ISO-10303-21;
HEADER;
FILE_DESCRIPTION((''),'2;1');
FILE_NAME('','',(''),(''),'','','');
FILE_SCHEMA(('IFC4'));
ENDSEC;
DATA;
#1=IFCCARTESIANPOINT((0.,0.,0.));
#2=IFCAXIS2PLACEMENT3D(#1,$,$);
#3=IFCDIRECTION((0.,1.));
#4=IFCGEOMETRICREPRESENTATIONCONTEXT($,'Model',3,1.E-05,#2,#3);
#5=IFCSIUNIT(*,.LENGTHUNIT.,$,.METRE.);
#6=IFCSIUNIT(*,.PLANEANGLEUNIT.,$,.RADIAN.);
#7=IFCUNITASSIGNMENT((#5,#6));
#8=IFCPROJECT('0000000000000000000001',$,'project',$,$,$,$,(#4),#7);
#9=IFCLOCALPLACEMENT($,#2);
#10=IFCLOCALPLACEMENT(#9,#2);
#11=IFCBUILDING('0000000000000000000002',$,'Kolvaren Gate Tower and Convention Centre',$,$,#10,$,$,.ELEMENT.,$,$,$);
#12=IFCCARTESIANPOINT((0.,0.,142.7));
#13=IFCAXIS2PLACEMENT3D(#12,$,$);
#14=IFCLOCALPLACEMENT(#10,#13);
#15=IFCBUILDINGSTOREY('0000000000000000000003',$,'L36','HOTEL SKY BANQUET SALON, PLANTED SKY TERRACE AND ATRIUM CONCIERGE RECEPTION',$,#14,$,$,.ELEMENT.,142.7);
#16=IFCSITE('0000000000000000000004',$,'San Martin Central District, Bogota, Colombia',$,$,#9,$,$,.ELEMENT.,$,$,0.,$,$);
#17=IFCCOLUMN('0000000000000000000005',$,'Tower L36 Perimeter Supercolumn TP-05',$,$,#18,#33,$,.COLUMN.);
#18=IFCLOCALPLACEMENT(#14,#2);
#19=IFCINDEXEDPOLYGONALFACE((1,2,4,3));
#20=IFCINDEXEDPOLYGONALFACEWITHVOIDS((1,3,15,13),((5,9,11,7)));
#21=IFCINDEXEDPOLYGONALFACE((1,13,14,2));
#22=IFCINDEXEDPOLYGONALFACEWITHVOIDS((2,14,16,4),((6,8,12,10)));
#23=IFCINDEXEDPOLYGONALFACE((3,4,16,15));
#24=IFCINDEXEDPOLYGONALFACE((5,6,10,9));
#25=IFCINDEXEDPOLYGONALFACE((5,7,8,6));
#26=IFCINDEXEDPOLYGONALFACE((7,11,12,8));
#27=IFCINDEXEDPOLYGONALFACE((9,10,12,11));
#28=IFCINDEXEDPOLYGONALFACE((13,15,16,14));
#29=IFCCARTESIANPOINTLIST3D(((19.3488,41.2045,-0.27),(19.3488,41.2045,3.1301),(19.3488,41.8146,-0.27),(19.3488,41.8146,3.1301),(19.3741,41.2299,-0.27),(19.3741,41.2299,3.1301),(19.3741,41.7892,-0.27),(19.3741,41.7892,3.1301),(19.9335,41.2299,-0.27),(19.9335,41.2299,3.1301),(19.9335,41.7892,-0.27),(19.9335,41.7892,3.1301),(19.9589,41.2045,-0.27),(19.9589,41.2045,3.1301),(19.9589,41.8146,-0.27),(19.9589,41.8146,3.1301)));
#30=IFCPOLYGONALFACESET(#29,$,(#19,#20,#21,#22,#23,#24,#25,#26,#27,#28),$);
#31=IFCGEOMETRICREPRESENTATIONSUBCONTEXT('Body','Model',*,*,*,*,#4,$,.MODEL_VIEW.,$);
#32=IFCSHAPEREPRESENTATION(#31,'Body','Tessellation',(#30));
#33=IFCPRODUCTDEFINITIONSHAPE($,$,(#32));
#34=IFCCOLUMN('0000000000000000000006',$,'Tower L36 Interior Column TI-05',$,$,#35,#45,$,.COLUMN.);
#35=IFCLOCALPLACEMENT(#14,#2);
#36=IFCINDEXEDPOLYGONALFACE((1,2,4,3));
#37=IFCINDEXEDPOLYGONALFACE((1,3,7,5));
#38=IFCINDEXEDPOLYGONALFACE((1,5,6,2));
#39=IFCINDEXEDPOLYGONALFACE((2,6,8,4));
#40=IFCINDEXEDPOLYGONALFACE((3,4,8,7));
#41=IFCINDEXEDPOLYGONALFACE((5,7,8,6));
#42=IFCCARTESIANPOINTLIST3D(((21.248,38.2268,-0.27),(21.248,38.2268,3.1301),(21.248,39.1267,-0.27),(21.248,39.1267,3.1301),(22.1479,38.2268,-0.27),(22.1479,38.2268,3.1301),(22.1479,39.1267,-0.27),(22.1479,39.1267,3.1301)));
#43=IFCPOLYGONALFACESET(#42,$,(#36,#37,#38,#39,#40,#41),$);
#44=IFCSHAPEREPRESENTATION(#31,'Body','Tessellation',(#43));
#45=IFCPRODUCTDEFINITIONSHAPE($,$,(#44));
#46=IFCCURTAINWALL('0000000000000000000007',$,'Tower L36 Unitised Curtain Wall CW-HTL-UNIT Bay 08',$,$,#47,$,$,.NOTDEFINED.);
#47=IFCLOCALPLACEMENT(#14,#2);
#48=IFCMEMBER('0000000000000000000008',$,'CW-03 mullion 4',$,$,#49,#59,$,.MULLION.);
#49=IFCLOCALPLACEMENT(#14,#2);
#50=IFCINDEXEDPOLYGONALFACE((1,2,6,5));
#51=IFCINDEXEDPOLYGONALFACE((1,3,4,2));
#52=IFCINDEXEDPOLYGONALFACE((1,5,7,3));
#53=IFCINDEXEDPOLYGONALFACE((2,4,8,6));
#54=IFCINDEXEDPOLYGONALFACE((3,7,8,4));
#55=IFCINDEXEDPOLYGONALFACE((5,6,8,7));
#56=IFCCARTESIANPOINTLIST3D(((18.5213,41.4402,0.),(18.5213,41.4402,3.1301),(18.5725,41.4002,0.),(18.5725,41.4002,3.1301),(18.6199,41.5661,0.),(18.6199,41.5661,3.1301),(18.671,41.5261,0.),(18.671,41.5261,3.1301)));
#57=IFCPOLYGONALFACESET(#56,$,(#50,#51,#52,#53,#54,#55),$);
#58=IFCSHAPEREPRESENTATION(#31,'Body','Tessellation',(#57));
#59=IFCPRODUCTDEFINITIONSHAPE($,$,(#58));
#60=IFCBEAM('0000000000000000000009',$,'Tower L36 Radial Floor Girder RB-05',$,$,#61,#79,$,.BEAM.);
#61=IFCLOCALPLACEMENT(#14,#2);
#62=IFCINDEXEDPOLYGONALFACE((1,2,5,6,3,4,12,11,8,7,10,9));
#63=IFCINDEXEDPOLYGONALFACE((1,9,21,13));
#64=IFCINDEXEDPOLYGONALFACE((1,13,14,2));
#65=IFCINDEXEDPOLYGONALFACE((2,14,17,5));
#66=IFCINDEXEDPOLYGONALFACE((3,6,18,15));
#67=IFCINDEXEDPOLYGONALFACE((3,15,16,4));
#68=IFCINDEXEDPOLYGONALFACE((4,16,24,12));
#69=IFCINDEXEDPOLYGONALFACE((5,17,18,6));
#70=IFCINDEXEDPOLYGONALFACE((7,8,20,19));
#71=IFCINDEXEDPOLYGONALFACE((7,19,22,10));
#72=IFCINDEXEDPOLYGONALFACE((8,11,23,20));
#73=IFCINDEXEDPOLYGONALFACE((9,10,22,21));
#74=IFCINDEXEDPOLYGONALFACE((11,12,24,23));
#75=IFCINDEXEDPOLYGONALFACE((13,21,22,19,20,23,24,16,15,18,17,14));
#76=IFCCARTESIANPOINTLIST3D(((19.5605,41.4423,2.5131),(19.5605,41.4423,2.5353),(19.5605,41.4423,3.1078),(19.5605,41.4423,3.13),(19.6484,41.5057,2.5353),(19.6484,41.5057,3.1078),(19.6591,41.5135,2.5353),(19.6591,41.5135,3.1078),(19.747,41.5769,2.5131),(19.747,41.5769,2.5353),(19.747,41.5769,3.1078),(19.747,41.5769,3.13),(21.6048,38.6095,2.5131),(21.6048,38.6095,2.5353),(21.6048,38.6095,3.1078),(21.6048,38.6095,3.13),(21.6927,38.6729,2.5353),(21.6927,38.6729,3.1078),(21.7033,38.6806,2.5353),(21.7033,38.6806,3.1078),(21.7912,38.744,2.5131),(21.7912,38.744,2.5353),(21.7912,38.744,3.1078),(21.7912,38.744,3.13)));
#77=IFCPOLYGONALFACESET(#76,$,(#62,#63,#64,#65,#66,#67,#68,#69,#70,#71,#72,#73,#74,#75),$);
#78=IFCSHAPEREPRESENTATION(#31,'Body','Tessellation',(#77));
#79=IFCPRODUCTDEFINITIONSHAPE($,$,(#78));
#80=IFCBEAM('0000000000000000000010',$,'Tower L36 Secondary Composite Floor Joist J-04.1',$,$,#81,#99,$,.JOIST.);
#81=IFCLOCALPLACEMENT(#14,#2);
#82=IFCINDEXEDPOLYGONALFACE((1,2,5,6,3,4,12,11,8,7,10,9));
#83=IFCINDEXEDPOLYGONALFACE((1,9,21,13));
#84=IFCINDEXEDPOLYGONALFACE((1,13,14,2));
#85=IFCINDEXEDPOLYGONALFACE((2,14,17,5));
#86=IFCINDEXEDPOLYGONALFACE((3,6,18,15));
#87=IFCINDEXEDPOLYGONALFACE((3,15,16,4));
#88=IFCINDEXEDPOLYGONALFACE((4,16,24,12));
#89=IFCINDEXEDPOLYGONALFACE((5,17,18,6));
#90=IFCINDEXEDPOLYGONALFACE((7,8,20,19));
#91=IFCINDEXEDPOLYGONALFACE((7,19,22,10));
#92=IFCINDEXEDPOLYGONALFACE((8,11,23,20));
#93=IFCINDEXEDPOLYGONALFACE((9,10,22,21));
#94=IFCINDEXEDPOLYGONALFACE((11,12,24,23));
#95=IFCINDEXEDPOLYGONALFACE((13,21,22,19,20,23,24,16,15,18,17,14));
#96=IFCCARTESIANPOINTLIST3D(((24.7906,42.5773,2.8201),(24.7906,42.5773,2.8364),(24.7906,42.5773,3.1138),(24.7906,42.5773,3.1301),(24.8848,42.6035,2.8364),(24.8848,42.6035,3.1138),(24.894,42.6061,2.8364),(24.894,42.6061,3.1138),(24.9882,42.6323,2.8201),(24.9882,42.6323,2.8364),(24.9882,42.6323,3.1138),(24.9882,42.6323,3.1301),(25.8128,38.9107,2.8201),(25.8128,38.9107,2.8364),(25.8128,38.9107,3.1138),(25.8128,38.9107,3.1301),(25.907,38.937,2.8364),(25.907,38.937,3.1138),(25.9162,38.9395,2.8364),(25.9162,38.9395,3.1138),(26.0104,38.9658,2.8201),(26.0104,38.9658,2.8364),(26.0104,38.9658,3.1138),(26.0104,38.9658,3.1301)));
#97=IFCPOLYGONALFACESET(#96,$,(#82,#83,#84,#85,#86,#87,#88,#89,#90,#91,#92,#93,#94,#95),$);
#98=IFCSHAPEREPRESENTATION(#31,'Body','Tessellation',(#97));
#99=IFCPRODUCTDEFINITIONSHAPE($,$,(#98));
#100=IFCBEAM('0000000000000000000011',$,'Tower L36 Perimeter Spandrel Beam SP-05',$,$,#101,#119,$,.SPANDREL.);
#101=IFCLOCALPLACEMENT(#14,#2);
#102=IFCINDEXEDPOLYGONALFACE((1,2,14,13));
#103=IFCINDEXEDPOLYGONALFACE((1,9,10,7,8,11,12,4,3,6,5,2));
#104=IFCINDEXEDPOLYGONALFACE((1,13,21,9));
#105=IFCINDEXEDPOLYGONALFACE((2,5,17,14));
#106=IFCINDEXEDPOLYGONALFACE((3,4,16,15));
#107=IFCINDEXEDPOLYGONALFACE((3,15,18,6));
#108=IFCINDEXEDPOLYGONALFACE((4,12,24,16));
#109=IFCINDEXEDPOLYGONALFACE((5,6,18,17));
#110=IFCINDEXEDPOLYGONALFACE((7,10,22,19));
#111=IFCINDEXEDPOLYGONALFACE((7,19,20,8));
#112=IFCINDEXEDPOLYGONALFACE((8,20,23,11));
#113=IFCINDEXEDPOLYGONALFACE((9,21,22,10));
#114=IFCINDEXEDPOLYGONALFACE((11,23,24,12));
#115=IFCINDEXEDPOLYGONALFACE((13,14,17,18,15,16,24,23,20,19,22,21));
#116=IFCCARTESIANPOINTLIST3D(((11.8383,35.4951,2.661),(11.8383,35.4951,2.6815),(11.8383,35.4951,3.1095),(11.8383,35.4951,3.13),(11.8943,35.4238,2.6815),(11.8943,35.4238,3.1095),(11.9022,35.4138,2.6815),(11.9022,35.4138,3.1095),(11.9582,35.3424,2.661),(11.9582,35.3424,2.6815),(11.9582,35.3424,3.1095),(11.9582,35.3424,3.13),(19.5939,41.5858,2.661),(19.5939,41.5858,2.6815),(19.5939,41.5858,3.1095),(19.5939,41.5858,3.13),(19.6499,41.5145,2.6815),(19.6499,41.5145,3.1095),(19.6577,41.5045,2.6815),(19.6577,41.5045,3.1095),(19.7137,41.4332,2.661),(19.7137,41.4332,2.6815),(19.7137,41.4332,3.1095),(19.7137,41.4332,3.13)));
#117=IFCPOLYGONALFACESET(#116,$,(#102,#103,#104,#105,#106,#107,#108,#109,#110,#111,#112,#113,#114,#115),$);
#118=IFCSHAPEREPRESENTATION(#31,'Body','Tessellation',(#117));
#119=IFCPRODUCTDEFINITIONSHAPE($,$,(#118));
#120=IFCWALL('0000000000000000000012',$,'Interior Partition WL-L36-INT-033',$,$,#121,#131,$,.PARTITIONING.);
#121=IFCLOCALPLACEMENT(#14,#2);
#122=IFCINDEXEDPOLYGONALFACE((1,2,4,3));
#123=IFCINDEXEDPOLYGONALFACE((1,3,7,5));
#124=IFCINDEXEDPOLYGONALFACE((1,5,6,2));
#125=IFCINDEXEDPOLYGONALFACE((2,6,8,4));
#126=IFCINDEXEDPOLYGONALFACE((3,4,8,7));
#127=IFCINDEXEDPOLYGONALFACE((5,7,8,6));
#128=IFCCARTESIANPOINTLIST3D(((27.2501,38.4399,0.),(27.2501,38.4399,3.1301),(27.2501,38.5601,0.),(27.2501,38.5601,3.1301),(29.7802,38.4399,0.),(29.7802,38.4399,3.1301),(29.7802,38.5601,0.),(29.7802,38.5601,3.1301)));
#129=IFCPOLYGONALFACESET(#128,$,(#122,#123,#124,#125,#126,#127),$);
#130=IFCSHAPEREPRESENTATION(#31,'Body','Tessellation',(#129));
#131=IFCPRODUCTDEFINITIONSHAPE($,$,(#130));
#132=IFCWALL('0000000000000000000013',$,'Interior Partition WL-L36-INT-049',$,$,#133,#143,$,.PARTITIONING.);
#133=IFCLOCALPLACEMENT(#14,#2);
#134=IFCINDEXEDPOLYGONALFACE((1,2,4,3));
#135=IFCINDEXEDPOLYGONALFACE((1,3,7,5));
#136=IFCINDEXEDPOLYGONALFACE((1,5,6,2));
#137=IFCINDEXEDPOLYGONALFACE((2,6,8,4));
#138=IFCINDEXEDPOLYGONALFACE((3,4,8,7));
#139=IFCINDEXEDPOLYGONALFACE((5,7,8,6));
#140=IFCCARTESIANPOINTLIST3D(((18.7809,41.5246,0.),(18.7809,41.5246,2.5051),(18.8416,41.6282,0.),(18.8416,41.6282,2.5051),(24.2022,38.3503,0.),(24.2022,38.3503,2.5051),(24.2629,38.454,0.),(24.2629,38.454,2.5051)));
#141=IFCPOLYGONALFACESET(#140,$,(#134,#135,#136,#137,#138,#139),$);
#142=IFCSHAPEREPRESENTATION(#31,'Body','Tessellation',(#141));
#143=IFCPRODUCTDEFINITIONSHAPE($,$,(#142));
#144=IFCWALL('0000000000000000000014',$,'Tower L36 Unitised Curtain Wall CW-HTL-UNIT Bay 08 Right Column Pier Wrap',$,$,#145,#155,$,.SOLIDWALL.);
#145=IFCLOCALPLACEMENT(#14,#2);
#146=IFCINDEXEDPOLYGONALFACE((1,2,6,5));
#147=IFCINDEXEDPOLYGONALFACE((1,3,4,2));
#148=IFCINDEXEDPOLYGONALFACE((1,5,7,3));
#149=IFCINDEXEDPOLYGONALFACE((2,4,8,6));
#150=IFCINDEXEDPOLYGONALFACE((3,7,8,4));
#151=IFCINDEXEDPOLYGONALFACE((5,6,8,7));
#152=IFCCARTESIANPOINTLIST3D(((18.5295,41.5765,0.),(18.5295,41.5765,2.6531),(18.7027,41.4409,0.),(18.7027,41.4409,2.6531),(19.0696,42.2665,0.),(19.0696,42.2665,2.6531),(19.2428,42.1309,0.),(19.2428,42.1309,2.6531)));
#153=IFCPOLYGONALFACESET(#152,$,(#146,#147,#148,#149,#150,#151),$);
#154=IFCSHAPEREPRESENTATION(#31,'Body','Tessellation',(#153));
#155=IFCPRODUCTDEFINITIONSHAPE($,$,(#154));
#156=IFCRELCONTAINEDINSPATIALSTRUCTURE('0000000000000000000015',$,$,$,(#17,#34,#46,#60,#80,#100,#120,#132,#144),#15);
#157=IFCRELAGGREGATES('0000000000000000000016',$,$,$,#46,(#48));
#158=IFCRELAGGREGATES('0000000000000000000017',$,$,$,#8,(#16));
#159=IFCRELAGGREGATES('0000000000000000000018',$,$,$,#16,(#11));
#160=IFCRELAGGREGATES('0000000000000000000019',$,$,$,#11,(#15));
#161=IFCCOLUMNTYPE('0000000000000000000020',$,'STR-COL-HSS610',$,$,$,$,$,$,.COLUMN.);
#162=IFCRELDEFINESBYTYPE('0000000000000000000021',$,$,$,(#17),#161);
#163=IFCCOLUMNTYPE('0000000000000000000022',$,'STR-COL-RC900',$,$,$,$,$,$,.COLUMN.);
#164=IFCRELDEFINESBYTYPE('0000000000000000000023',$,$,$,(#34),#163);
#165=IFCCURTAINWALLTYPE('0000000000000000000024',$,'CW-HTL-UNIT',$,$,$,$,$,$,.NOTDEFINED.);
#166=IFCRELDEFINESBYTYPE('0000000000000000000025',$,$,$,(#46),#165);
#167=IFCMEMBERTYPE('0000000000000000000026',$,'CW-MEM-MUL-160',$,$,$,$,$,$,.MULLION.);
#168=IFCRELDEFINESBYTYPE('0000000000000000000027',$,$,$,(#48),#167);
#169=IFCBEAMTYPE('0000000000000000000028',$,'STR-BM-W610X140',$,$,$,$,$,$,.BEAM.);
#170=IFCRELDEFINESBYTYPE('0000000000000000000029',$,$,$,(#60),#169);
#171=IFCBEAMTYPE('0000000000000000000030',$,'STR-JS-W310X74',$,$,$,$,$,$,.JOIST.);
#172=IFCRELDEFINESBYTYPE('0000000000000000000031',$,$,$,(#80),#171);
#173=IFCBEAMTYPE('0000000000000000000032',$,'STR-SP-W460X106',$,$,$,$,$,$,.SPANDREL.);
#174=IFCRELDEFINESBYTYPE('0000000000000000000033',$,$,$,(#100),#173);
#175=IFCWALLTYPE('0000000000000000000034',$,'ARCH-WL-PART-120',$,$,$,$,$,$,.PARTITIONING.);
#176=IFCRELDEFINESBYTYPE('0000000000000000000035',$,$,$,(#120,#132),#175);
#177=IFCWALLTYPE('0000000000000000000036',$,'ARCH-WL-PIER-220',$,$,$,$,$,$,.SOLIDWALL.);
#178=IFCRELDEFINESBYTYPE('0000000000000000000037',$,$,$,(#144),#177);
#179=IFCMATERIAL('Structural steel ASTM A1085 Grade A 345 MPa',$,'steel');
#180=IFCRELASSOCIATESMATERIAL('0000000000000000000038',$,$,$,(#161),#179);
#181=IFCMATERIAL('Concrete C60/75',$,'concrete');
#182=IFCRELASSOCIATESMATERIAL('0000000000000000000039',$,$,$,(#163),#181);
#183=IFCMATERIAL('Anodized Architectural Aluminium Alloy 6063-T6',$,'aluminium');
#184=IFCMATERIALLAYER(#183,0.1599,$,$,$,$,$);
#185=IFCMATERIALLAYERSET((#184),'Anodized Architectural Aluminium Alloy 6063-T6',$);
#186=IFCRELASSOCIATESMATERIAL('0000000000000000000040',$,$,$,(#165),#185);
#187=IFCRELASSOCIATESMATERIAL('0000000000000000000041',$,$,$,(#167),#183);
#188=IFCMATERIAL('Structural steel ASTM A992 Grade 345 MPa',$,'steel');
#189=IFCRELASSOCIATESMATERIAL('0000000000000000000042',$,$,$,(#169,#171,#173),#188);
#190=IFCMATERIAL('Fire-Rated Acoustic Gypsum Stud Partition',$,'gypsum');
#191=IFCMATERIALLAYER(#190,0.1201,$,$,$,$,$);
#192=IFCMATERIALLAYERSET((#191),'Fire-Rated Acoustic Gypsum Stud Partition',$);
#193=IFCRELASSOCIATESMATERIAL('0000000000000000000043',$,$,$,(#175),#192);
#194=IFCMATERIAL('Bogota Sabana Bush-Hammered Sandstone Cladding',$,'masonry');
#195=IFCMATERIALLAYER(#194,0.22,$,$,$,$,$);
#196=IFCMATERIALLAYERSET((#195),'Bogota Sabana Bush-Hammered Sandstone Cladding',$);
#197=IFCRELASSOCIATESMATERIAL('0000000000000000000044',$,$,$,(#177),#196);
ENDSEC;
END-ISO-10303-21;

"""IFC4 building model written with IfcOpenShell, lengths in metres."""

from ifc_helpers import new_model, si_unit, direction, frame, frame_2d, origin, origin_2d, place, context, subcontext, project, spatial, rectangle, hollow_rectangle, i_section, extrude, material, layer, layer_set, material_profile, profile_set, type_object, element, aggregate, save


model = new_model("IFC4")

# Units and contexts
model_context = context("Model", 3, precision=1e-05, world=origin(), true_north=direction((0.0, 1.0)))
body_context = subcontext(model_context, "Body", "Model", "MODEL_VIEW")
ifc_project = project(units=[si_unit("LENGTHUNIT", "METRE"), si_unit("PLANEANGLEUNIT", "RADIAN")], contexts=[model_context])

# Site, building, storey
site_placement = place(None, origin())
site = spatial("IfcSite", under=ifc_project, at=site_placement, Name="San Martin Central District, Bogota, Colombia", CompositionType="ELEMENT", RefElevation=0.0)
building_placement = place(site_placement, origin())
building = spatial("IfcBuilding", under=site, at=building_placement, Name="Kolvaren Gate Tower and Convention Centre", CompositionType="ELEMENT")
storey_placement = place(building_placement, frame((0.0, 0.0, 142.7)))
storey = spatial("IfcBuildingStorey", under=building, at=storey_placement, Name="L36", Description="HOTEL SKY BANQUET SALON, PLANTED SKY TERRACE AND ATRIUM CONCIERGE RECEPTION", CompositionType="ELEMENT", Elevation=142.7)

# Columns
ifc_material_1 = material(Name="Structural steel ASTM A1085 Grade A 345 MPa", Category="steel")
ifc_material_profile_1 = material_profile(ifc_material_1, hollow_rectangle(XDim=0.6101, YDim=0.6101, WallThickness=0.0254, at=origin_2d()), Name="HSS610X610X25.4")
ifc_profile_set_1 = profile_set([ifc_material_profile_1], Name="Structural steel ASTM A1085 Grade A 345 MPa")
column_type_1 = type_object("IfcColumnType", Name="STR-COL-HSS610", PredefinedType="COLUMN", material=ifc_profile_set_1)
column_1_placement = place(storey_placement, frame((19.6538, 41.5095, -0.27), z_axis=(0.0, 0.0, 1.0), x_axis=(1.0, 0.0, 0.0)))
element("IfcColumn", 1, at=column_1_placement, inside=storey, type_object=column_type_1, Name="Tower L36 Perimeter Supercolumn TP-05", PredefinedType="COLUMN", context=body_context, shape_type="SweptSolid", body=[
    extrude(hollow_rectangle(XDim=0.6101, YDim=0.6101, WallThickness=0.0254, at=origin_2d()), origin(), (0.0, 0.0, 1.0), 3.4001),
])
ifc_material_2 = material(Name="Concrete C60/75", Category="concrete")
ifc_material_profile_2 = material_profile(ifc_material_2, rectangle(XDim=0.8999, YDim=0.8999, at=origin_2d()), Name="RC-COL-900X900")
ifc_profile_set_2 = profile_set([ifc_material_profile_2], Name="Concrete C60/75")
column_type_2 = type_object("IfcColumnType", Name="STR-COL-RC900", PredefinedType="COLUMN", material=ifc_profile_set_2)
column_2_placement = place(storey_placement, frame((21.698, 38.6768, -0.27), z_axis=(0.0, 0.0, 1.0), x_axis=(1.0, 0.0, 0.0)))
element("IfcColumn", 2, at=column_2_placement, inside=storey, type_object=column_type_2, Name="Tower L36 Interior Column TI-05", PredefinedType="COLUMN", context=body_context, shape_type="SweptSolid", body=[
    extrude(rectangle(XDim=0.8999, YDim=0.8999, at=origin_2d()), origin(), (0.0, 0.0, 1.0), 3.4001),
])

# Curtain wall, member
ifc_material_3 = material(Name="Anodized Architectural Aluminium Alloy 6063-T6", Category="aluminium")
ifc_layer_1 = layer(ifc_material_3, 0.1599)
ifc_layer_set_1 = layer_set([ifc_layer_1], Name="Anodized Architectural Aluminium Alloy 6063-T6")
curtain_wall_type = type_object("IfcCurtainWallType", Name="CW-HTL-UNIT", PredefinedType="NOTDEFINED", material=ifc_layer_set_1)
curtain_wall_placement = place(storey_placement, origin())
curtain_wall = element("IfcCurtainWall", 3, at=curtain_wall_placement, inside=storey, type_object=curtain_wall_type, Name="Tower L36 Unitised Curtain Wall CW-HTL-UNIT Bay 08", PredefinedType="NOTDEFINED")
ifc_material_profile_3 = material_profile(ifc_material_3, rectangle(XDim=0.0649, YDim=0.1599, at=origin_2d()), Name="CW-MEM-MUL-160")
ifc_profile_set_3 = profile_set([ifc_material_profile_3], Name="Anodized Architectural Aluminium Alloy 6063-T6")
member_type = type_object("IfcMemberType", Name="CW-MEM-MUL-160", PredefinedType="MULLION", material=ifc_profile_set_3)
member_placement = place(storey_placement, frame((18.5962, 41.4832, 0.0), z_axis=(0.0, 0.0, 1.0), x_axis=(-0.787395, 0.616449, 0.0)))
member = element("IfcMember", 4, at=member_placement, type_object=member_type, Name="CW-03 mullion 4", PredefinedType="MULLION", context=body_context, shape_type="SweptSolid", body=[
    extrude(rectangle(XDim=0.0649, YDim=0.1599, at=origin_2d()), origin(), (0.0, 0.0, 1.0), 3.1301),
])
aggregate(curtain_wall, [member])

# Beams
ifc_material_4 = material(Name="Structural steel ASTM A992 Grade 345 MPa", Category="steel")
ifc_material_profile_4 = material_profile(ifc_material_4, i_section(OverallWidth=0.23, OverallDepth=0.6169, WebThickness=0.0132, FlangeThickness=0.0222, at=origin_2d()), Name="W610X140")
ifc_profile_set_4 = profile_set([ifc_material_profile_4], Name="Structural steel ASTM A992 Grade 345 MPa")
beam_type_1 = type_object("IfcBeamType", Name="STR-BM-W610X140", PredefinedType="BEAM", material=ifc_profile_set_4)
beam_1_placement = place(storey_placement, frame((21.698, 38.6768, 2.8215), z_axis=(-0.585172, 0.81091, 0.0), x_axis=(-0.81091, -0.585172, 0.0)))
element("IfcBeam", 5, at=beam_1_placement, inside=storey, type_object=beam_type_1, Name="Tower L36 Radial Floor Girder RB-05", PredefinedType="BEAM", context=body_context, shape_type="SweptSolid", body=[
    extrude(i_section(OverallWidth=0.23, OverallDepth=0.6169, WebThickness=0.0132, FlangeThickness=0.0222, at=origin_2d()), origin(), (0.0, 0.0, 1.0), 3.4934),
])
ifc_material_profile_5 = material_profile(ifc_material_4, i_section(OverallWidth=0.2051, OverallDepth=0.3101, WebThickness=0.0095, FlangeThickness=0.0164, at=origin_2d()), Name="W310X74")
ifc_profile_set_5 = profile_set([ifc_material_profile_5], Name="Structural steel ASTM A992 Grade 345 MPa")
beam_type_2 = type_object("IfcBeamType", Name="STR-JS-W310X74", PredefinedType="JOIST", material=ifc_profile_set_5)
beam_2_placement = place(storey_placement, frame((25.9116, 38.9382, 2.9751), z_axis=(-0.268557, 0.963264, 0.0), x_axis=(-0.963264, -0.268557, 0.0)))
element("IfcBeam", 6, at=beam_2_placement, inside=storey, type_object=beam_type_2, Name="Tower L36 Secondary Composite Floor Joist J-04.1", PredefinedType="JOIST", context=body_context, shape_type="SweptSolid", body=[
    extrude(i_section(OverallWidth=0.2051, OverallDepth=0.3101, WebThickness=0.0095, FlangeThickness=0.0164, at=origin_2d()), origin(), (0.0, 0.0, 1.0), 3.8064),
])
ifc_material_profile_6 = material_profile(ifc_material_4, i_section(OverallWidth=0.1941, OverallDepth=0.469, WebThickness=0.0127, FlangeThickness=0.0205, at=origin_2d()), Name="W460X106")
ifc_profile_set_6 = profile_set([ifc_material_profile_6], Name="Structural steel ASTM A992 Grade 345 MPa")
beam_type_3 = type_object("IfcBeamType", Name="STR-SP-W460X106", PredefinedType="SPANDREL", material=ifc_profile_set_6)
beam_3_placement = place(storey_placement, frame((19.6538, 41.5095, 2.8955), z_axis=(-0.78646, -0.617641, 0.0), x_axis=(0.617641, -0.78646, 0.0)))
element("IfcBeam", 7, at=beam_3_placement, inside=storey, type_object=beam_type_3, Name="Tower L36 Perimeter Spandrel Beam SP-05", PredefinedType="SPANDREL", context=body_context, shape_type="SweptSolid", body=[
    extrude(i_section(OverallWidth=0.1941, OverallDepth=0.469, WebThickness=0.0127, FlangeThickness=0.0205, at=origin_2d()), origin(), (0.0, 0.0, 1.0), 9.8613),
])

# Walls
ifc_material_5 = material(Name="Fire-Rated Acoustic Gypsum Stud Partition", Category="gypsum")
ifc_layer_2 = layer(ifc_material_5, 0.1201)
ifc_layer_set_2 = layer_set([ifc_layer_2], Name="Fire-Rated Acoustic Gypsum Stud Partition")
wall_type_1 = type_object("IfcWallType", Name="ARCH-WL-PART-120", PredefinedType="PARTITIONING", material=ifc_layer_set_2)
wall_1_placement = place(storey_placement, frame((27.25, 38.5, 0.0), z_axis=(0.0, 0.0, 1.0), x_axis=(1.0, 0.0, 0.0)))
element("IfcWall", 8, at=wall_1_placement, inside=storey, type_object=wall_type_1, Name="Interior Partition WL-L36-INT-033", PredefinedType="PARTITIONING", context=body_context, shape_type="SweptSolid", body=[
    extrude(rectangle(XDim=2.53, YDim=0.1201, at=frame_2d((1.2651, 0.0))), origin(), (0.0, 0.0, 1.0), 3.1301),
])
wall_2_placement = place(storey_placement, frame((18.8113, 41.5764, 0.0), z_axis=(0.0, 0.0, 1.0), x_axis=(0.862957, -0.505277, 0.0)))
element("IfcWall", 9, at=wall_2_placement, inside=storey, type_object=wall_type_1, Name="Interior Partition WL-L36-INT-049", PredefinedType="PARTITIONING", context=body_context, shape_type="SweptSolid", body=[
    extrude(rectangle(XDim=6.2822, YDim=0.1201, at=frame_2d((3.1411, 0.0))), origin(), (0.0, 0.0, 1.0), 2.5051),
])
ifc_material_6 = material(Name="Bogota Sabana Bush-Hammered Sandstone Cladding", Category="masonry")
ifc_layer_3 = layer(ifc_material_6, 0.22)
ifc_layer_set_3 = layer_set([ifc_layer_3], Name="Bogota Sabana Bush-Hammered Sandstone Cladding")
wall_type_2 = type_object("IfcWallType", Name="ARCH-WL-PIER-220", PredefinedType="SOLIDWALL", material=ifc_layer_set_3)
wall_3_placement = place(storey_placement, frame((18.6162, 41.5088, 0.0), z_axis=(0.0, 0.0, 1.0), x_axis=(0.616368, 0.787458, 0.0)))
element("IfcWall", 10, at=wall_3_placement, inside=storey, type_object=wall_type_2, Name="Tower L36 Unitised Curtain Wall CW-HTL-UNIT Bay 08 Right Column Pier Wrap", PredefinedType="SOLIDWALL", context=body_context, shape_type="SweptSolid", body=[
    extrude(rectangle(XDim=0.8762, YDim=0.22, at=frame_2d((0.438, 0.0))), origin(), (0.0, 0.0, 1.0), 2.6531),
])

save(model, "model.ifc")
